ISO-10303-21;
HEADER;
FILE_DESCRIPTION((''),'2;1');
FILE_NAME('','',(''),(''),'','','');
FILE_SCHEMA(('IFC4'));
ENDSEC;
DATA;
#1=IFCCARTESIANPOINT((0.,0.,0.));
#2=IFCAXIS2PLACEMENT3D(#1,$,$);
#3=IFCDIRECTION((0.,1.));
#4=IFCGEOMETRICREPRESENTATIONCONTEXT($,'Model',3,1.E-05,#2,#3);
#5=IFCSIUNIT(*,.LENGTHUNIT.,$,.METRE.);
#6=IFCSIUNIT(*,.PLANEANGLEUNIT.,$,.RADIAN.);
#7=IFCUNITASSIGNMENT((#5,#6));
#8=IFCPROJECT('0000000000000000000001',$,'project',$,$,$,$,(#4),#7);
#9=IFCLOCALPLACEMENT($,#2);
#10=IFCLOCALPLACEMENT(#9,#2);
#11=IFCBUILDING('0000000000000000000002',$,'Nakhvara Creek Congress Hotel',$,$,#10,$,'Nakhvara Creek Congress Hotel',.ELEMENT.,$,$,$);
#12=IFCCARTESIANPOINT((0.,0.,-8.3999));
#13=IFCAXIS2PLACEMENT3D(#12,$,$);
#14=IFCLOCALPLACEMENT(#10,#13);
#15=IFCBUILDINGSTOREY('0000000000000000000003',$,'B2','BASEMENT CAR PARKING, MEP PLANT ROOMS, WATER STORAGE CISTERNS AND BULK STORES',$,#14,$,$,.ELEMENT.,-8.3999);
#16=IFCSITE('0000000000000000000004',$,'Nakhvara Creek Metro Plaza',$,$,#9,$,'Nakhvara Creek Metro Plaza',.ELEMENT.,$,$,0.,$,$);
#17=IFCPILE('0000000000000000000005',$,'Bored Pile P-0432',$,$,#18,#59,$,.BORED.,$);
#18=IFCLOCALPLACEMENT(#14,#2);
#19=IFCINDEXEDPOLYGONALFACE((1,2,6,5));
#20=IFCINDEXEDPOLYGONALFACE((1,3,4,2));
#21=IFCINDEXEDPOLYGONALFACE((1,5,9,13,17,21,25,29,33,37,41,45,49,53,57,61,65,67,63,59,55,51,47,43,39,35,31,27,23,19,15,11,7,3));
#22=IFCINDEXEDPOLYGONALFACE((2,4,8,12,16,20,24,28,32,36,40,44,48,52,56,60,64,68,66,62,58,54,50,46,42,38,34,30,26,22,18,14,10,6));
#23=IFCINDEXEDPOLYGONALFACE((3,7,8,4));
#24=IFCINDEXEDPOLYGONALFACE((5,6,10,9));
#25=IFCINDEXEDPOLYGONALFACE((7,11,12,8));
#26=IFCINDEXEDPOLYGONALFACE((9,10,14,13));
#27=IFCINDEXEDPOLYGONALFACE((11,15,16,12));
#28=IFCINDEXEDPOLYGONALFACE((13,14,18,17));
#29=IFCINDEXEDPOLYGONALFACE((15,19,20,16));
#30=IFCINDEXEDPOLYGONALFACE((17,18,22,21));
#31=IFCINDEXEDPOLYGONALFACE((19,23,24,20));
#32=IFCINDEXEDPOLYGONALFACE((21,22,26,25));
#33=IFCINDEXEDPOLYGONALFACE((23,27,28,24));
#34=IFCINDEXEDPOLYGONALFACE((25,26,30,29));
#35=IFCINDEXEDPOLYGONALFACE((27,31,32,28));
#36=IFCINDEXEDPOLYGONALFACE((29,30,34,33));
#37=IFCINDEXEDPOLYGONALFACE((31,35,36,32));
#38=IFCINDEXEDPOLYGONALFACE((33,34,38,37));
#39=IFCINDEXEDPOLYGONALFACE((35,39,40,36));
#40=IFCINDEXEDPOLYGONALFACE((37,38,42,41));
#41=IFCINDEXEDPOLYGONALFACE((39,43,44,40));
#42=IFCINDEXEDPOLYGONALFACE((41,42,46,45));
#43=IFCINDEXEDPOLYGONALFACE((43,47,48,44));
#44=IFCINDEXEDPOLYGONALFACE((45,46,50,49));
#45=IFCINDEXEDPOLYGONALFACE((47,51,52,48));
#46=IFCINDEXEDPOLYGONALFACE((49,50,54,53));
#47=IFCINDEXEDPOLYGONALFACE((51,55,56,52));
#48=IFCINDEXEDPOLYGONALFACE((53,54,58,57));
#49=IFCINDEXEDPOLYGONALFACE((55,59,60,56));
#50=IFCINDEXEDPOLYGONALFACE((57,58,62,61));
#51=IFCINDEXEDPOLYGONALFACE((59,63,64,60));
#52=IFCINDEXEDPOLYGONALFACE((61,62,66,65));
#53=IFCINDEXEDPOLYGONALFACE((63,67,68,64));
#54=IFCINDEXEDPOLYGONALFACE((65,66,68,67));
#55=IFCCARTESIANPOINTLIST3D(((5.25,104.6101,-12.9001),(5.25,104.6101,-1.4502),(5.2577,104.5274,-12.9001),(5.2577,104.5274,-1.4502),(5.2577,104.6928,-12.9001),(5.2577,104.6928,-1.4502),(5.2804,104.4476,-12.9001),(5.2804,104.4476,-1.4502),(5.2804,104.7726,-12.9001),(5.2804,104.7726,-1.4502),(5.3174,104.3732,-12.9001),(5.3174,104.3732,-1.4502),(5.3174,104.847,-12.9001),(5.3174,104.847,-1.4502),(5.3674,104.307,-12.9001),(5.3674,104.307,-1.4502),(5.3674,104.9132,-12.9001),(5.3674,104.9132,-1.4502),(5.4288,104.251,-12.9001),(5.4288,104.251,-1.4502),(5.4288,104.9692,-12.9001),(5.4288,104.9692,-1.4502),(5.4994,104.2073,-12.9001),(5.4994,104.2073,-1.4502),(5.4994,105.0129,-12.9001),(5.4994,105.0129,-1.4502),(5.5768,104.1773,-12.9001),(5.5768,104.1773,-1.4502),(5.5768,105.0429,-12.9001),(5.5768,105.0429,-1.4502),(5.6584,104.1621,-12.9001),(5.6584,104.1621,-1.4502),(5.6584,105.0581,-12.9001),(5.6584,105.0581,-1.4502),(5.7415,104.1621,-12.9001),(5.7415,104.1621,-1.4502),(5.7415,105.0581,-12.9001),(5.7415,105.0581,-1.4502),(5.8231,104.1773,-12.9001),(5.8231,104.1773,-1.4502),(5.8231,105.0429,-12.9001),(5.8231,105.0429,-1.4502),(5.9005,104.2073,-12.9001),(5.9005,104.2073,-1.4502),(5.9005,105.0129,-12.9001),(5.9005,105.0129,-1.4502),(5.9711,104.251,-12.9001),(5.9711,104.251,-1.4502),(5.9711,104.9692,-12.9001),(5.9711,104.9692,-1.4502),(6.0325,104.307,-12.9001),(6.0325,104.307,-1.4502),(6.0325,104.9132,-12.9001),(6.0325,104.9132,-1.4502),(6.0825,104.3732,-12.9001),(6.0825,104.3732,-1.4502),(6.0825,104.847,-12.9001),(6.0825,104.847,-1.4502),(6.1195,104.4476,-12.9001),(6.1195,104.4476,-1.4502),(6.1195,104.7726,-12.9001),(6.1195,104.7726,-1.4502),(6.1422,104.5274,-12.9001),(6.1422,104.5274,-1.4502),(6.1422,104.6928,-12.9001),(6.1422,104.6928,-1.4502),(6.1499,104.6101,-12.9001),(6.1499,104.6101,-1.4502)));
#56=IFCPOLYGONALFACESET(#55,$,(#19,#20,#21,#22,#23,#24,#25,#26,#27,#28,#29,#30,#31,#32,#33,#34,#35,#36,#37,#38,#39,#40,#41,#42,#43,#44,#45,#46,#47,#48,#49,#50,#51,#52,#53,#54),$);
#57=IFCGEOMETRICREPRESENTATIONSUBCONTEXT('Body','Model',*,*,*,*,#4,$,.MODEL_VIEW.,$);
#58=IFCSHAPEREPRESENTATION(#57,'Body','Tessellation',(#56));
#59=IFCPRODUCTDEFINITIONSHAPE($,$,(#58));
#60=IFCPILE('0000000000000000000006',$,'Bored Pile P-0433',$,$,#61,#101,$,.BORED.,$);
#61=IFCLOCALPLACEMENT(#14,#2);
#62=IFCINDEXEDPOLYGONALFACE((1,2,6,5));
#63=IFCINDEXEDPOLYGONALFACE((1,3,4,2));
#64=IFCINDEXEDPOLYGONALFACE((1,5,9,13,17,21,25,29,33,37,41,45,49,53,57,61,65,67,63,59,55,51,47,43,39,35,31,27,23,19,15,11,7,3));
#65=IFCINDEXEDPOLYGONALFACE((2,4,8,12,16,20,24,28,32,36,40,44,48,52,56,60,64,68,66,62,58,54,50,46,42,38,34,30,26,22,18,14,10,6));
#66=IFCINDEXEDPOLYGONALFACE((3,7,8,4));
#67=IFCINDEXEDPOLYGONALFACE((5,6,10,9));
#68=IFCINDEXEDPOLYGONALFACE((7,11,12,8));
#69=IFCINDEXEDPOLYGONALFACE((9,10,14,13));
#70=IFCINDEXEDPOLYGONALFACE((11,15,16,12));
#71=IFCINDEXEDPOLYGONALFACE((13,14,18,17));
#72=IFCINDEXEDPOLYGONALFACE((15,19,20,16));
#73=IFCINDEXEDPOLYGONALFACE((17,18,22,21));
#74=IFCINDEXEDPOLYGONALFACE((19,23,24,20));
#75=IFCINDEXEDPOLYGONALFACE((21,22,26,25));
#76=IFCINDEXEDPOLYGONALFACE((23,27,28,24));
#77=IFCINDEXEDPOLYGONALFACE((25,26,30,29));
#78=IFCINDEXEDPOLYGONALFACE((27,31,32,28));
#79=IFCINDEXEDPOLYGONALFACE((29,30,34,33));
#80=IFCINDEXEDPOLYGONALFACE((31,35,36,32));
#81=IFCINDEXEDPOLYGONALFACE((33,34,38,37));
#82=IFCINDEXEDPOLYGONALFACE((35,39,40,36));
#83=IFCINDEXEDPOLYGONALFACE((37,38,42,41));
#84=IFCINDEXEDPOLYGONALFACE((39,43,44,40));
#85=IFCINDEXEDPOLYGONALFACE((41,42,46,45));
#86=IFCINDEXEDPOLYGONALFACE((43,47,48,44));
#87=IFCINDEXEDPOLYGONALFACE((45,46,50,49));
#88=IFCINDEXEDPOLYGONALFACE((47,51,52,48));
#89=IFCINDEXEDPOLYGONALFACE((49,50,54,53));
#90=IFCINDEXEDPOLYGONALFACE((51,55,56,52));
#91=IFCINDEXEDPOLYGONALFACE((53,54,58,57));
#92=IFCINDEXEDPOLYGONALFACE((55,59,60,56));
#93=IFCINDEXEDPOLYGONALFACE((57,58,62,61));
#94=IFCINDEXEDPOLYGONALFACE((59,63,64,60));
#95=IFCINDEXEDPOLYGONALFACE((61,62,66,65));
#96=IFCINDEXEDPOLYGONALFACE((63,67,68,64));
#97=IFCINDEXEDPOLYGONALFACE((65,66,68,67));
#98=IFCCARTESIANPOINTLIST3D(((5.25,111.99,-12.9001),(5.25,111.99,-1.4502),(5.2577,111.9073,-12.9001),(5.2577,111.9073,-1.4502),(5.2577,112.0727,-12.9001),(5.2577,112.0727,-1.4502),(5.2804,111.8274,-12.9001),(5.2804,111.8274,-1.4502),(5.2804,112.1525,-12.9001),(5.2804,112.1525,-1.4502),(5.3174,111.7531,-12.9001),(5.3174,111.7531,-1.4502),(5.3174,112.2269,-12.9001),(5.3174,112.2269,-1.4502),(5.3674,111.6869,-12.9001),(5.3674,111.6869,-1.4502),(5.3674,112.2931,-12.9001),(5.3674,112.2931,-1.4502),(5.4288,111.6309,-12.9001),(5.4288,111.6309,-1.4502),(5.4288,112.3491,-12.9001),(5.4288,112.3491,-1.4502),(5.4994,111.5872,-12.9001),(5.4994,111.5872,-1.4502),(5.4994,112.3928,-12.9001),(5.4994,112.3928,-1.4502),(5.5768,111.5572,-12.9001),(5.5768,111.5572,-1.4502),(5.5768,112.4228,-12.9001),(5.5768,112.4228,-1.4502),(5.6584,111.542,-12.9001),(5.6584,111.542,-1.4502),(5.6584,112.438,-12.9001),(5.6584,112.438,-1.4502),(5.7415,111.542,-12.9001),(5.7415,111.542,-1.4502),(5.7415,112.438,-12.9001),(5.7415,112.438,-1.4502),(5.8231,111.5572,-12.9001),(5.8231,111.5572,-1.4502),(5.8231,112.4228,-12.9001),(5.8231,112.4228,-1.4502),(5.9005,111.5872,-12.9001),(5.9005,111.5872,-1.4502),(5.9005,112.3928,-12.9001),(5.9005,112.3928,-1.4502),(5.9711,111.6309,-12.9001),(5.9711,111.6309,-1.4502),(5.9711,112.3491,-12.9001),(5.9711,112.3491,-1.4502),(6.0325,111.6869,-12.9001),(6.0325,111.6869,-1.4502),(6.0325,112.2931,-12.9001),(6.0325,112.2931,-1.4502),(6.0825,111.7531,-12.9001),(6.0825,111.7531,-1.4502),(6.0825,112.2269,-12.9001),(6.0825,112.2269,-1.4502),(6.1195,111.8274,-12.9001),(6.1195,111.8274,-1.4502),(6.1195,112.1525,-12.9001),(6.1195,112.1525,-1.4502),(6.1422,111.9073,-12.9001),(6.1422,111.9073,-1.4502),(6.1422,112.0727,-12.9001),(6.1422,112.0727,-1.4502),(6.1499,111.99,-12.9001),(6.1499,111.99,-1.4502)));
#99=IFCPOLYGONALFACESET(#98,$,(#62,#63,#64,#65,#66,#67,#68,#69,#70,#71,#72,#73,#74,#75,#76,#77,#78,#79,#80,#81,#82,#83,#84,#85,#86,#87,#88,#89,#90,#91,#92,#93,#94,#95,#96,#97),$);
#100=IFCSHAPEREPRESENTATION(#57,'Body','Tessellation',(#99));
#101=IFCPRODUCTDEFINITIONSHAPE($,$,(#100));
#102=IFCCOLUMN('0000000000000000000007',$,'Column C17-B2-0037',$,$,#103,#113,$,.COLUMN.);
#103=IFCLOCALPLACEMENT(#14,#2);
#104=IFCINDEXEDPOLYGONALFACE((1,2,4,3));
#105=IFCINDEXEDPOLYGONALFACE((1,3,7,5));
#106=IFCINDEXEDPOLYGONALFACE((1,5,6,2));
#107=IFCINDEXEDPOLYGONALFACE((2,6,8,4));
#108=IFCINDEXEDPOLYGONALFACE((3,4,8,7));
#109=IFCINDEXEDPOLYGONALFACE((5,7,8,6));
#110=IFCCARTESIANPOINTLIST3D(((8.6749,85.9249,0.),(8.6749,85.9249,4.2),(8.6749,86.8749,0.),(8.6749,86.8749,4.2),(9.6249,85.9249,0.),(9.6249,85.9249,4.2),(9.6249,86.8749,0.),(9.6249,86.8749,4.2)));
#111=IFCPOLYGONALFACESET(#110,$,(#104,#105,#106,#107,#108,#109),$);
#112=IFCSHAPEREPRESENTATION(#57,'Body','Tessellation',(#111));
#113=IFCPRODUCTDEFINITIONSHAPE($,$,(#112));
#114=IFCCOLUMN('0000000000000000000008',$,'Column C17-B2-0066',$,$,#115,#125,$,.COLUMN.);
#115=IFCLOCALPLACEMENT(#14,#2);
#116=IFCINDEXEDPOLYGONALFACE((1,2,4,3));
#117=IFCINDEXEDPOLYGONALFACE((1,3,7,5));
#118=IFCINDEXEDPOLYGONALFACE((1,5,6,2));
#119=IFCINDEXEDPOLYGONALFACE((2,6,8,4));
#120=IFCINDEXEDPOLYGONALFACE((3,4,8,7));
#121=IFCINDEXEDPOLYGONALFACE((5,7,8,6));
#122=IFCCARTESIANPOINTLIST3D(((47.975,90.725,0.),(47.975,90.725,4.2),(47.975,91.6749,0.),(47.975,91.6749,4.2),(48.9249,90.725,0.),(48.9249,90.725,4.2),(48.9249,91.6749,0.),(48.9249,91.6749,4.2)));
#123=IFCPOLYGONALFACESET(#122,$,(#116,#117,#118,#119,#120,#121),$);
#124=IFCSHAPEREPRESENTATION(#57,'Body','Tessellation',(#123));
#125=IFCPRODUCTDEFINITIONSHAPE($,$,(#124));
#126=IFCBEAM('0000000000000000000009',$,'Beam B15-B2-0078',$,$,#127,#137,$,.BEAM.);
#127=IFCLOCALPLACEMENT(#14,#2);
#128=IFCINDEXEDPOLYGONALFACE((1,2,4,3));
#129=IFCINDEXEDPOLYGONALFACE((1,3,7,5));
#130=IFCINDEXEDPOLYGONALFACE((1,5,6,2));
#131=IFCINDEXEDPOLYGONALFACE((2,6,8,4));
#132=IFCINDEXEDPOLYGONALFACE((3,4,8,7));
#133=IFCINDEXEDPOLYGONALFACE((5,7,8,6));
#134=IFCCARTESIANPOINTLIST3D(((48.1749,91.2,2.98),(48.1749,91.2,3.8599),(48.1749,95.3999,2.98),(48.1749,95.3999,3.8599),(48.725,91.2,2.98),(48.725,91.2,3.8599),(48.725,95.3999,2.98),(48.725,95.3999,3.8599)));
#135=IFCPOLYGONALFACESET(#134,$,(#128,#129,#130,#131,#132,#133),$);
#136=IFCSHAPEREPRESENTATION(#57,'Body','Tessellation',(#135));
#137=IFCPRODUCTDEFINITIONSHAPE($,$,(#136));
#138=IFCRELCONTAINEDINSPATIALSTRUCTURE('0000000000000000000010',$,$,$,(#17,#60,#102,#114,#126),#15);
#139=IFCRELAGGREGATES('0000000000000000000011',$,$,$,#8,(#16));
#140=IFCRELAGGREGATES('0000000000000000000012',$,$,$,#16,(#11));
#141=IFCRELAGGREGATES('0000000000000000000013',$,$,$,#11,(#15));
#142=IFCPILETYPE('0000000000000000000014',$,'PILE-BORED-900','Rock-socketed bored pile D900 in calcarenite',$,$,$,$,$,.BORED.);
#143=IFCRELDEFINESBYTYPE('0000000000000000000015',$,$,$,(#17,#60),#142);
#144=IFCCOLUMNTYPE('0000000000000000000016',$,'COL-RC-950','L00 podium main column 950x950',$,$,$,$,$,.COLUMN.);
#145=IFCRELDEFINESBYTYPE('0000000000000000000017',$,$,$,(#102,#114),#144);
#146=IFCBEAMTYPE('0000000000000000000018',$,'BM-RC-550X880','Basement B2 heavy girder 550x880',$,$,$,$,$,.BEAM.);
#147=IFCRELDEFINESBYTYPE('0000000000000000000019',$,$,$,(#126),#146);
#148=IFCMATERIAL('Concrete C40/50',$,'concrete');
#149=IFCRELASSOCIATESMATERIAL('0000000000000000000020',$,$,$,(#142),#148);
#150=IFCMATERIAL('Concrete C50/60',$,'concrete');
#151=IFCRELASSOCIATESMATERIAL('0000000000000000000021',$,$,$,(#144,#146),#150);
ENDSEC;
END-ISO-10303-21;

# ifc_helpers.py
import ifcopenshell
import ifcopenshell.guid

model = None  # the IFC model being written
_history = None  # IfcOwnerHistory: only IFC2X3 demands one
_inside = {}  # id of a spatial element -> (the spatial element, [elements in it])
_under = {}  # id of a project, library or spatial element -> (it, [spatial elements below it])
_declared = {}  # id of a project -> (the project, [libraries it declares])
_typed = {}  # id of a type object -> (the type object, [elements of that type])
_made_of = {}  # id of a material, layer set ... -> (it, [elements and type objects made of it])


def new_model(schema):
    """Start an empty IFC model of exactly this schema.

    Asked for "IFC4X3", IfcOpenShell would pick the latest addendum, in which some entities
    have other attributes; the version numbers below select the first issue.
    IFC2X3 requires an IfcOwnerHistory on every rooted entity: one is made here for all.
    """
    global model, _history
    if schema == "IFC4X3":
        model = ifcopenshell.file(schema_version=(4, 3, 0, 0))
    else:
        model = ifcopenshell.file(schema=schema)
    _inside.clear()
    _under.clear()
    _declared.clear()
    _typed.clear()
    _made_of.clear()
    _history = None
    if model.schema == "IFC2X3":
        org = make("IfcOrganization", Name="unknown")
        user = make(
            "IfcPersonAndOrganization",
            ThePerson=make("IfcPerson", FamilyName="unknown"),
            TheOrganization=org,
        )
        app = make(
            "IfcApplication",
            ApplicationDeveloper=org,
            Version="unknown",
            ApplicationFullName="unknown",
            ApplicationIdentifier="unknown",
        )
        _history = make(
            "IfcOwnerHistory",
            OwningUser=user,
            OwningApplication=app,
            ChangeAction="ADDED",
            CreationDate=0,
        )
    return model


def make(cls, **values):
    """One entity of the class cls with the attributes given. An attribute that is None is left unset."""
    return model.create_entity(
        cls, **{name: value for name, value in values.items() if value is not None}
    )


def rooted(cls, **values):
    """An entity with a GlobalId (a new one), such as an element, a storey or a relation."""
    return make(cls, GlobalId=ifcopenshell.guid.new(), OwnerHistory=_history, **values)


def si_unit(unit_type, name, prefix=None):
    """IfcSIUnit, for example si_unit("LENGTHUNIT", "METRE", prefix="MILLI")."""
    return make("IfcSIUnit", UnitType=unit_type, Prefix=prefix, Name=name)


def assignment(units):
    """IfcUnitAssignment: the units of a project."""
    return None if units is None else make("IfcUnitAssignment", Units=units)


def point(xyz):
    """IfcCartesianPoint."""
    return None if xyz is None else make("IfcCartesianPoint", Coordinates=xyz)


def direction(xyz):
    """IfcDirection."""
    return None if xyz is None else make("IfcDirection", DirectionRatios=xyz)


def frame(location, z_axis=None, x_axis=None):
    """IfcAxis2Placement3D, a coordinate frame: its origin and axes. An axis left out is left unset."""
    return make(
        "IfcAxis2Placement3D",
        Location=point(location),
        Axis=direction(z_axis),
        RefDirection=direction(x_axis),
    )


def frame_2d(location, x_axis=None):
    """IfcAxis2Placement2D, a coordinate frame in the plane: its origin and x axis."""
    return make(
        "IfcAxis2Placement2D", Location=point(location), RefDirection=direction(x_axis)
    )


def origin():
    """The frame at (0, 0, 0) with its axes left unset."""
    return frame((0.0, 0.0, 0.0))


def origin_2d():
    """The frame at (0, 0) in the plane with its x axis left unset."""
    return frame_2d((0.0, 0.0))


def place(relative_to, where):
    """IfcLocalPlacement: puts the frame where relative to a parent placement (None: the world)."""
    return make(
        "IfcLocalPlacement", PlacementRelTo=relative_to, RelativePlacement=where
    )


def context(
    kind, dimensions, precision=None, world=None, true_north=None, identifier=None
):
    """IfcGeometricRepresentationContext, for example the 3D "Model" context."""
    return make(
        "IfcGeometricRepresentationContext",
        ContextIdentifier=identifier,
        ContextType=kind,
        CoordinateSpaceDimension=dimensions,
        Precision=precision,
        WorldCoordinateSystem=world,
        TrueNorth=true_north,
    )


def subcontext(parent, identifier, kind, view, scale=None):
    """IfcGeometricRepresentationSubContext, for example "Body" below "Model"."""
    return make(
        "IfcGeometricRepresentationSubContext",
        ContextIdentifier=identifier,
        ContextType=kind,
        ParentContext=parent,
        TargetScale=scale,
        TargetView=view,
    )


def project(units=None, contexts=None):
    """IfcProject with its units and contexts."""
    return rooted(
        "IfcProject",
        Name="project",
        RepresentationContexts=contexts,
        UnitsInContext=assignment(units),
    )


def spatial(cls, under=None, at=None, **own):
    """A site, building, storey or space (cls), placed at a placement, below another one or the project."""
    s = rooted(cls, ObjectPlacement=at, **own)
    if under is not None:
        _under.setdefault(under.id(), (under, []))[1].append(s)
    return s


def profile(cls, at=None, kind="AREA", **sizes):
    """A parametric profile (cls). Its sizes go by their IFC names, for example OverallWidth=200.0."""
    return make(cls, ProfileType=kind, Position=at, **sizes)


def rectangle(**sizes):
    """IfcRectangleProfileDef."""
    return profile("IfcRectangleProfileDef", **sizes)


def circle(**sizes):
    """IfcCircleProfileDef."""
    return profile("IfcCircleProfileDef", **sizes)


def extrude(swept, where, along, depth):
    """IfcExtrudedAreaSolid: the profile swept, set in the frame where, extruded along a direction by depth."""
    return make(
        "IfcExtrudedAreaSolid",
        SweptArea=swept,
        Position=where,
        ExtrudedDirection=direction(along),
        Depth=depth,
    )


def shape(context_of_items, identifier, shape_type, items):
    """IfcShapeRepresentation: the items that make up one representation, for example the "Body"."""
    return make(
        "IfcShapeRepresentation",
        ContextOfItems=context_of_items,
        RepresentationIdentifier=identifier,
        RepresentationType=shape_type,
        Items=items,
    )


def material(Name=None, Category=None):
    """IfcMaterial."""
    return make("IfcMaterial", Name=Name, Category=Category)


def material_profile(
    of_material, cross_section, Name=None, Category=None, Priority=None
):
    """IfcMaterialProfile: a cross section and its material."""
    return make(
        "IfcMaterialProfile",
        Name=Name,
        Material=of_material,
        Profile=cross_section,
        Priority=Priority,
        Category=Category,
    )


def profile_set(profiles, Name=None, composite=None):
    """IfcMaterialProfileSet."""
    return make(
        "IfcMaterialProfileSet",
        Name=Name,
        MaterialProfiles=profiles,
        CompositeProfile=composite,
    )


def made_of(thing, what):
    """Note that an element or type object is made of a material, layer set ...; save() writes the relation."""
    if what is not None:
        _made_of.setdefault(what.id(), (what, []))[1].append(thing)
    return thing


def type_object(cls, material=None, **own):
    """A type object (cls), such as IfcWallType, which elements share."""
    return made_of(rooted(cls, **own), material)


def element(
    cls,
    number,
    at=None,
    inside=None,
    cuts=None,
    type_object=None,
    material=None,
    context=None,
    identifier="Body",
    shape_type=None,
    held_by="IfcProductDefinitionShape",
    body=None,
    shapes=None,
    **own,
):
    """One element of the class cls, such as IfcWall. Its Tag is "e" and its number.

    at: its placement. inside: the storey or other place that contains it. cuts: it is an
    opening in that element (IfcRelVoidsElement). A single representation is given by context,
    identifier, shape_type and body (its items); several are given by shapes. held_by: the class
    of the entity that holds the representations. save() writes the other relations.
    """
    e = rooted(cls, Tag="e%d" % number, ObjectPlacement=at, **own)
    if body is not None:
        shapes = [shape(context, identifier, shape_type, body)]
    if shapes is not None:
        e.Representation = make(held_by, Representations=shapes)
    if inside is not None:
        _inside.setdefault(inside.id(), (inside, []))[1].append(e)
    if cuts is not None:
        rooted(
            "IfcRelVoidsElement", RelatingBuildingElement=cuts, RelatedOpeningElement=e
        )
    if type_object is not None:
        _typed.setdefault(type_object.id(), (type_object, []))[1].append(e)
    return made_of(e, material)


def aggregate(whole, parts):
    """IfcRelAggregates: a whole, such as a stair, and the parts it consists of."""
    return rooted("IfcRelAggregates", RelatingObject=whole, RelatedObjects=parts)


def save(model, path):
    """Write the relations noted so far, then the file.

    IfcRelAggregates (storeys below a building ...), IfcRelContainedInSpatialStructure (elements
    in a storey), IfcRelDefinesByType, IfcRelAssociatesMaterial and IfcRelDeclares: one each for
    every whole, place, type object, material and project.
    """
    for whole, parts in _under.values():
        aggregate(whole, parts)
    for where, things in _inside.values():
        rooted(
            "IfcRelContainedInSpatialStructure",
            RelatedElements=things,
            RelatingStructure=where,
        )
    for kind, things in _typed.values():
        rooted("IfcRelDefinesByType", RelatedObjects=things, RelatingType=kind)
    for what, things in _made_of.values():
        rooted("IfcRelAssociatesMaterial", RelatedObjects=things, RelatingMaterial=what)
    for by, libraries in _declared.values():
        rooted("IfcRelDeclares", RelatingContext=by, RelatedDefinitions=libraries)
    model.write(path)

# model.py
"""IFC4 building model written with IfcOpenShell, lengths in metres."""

from ifc_helpers import new_model, si_unit, direction, frame, origin, origin_2d, place, context, subcontext, project, spatial, rectangle, circle, extrude, material, material_profile, profile_set, type_object, element, save


model = new_model("IFC4")

# Units and contexts
model_context = context("Model", 3, precision=1e-05, world=origin(), true_north=direction((0.0, 1.0)))
body_context = subcontext(model_context, "Body", "Model", "MODEL_VIEW")
ifc_project = project(units=[si_unit("LENGTHUNIT", "METRE"), si_unit("PLANEANGLEUNIT", "RADIAN")], contexts=[model_context])

# Site, building, storey
site_placement = place(None, origin())
site = spatial("IfcSite", under=ifc_project, at=site_placement, Name="Nakhvara Creek Metro Plaza", LongName="Nakhvara Creek Metro Plaza", CompositionType="ELEMENT", RefElevation=0.0)
building_placement = place(site_placement, origin())
building = spatial("IfcBuilding", under=site, at=building_placement, Name="Nakhvara Creek Congress Hotel", LongName="Nakhvara Creek Congress Hotel", CompositionType="ELEMENT")
storey_placement = place(building_placement, frame((0.0, 0.0, -8.3999)))
storey = spatial("IfcBuildingStorey", under=building, at=storey_placement, Name="B2", Description="BASEMENT CAR PARKING, MEP PLANT ROOMS, WATER STORAGE CISTERNS AND BULK STORES", CompositionType="ELEMENT", Elevation=-8.3999)

# Piles
ifc_material_1 = material(Name="Concrete C40/50", Category="concrete")
ifc_material_profile_1 = material_profile(ifc_material_1, circle(Radius=0.45, at=origin_2d()), Name="BORED PILE D900", Category="LoadBearing")
ifc_profile_set_1 = profile_set([ifc_material_profile_1], Name="Concrete C40/50")
pile_type = type_object("IfcPileType", Name="PILE-BORED-900", Description="Rock-socketed bored pile D900 in calcarenite", PredefinedType="BORED", material=ifc_profile_set_1)
for number, where, z_axis, x_axis, name in (
    (1, (5.7, 104.6101, -1.4502), (0.0, 0.0, -1.0), (1.0, 0.0, 0.0), "Bored Pile P-0432"),
    (2, (5.7, 111.99, -1.4502), (0.0, 0.0, -1.0), (1.0, 0.0, 0.0), "Bored Pile P-0433"),
):
    element("IfcPile", number, at=place(storey_placement, frame(where, z_axis=z_axis, x_axis=x_axis)), inside=storey, type_object=pile_type, Name=name, PredefinedType="BORED", context=body_context, shape_type="SweptSolid", body=[
        extrude(circle(Radius=0.45, at=origin_2d()), origin(), (0.0, 0.0, 1.0), 11.45),
    ])

# Columns
ifc_material_2 = material(Name="Concrete C50/60", Category="concrete")
ifc_material_profile_2 = material_profile(ifc_material_2, rectangle(XDim=0.95, YDim=0.95, at=origin_2d()), Name="RC-COL 950x950", Category="LoadBearing")
ifc_profile_set_2 = profile_set([ifc_material_profile_2], Name="Concrete C50/60")
column_type = type_object("IfcColumnType", Name="COL-RC-950", Description="L00 podium main column 950x950", PredefinedType="COLUMN", material=ifc_profile_set_2)
for number, where, z_axis, x_axis, name in (
    (3, (9.1499, 86.3999, 0.0), (0.0, 0.0, 1.0), (1.0, 0.0, 0.0), "Column C17-B2-0037"),
    (4, (48.45, 91.2, 0.0), (0.0, 0.0, 1.0), (1.0, 0.0, 0.0), "Column C17-B2-0066"),
):
    element("IfcColumn", number, at=place(storey_placement, frame(where, z_axis=z_axis, x_axis=x_axis)), inside=storey, type_object=column_type, Name=name, PredefinedType="COLUMN", context=body_context, shape_type="SweptSolid", body=[
        extrude(rectangle(XDim=0.95, YDim=0.95, at=origin_2d()), origin(), (0.0, 0.0, 1.0), 4.2),
    ])

# Beam
ifc_material_profile_3 = material_profile(ifc_material_2, rectangle(XDim=0.55, YDim=0.8799, at=origin_2d()), Name="RC-BM 550x880", Category="LoadBearing")
ifc_profile_set_3 = profile_set([ifc_material_profile_3], Name="Concrete C50/60")
beam_type = type_object("IfcBeamType", Name="BM-RC-550X880", Description="Basement B2 heavy girder 550x880", PredefinedType="BEAM", material=ifc_profile_set_3)
beam_placement = place(storey_placement, frame((48.45, 91.2, 3.4199), z_axis=(0.0, 1.0, 0.0), x_axis=(-1.0, 0.0, 0.0)))
element("IfcBeam", 5, at=beam_placement, inside=storey, type_object=beam_type, Name="Beam B15-B2-0078", PredefinedType="BEAM", context=body_context, shape_type="SweptSolid", body=[
    extrude(rectangle(XDim=0.55, YDim=0.8799, at=origin_2d()), origin(), (0.0, 0.0, 1.0), 4.2),
])

save(model, "model.ifc")
